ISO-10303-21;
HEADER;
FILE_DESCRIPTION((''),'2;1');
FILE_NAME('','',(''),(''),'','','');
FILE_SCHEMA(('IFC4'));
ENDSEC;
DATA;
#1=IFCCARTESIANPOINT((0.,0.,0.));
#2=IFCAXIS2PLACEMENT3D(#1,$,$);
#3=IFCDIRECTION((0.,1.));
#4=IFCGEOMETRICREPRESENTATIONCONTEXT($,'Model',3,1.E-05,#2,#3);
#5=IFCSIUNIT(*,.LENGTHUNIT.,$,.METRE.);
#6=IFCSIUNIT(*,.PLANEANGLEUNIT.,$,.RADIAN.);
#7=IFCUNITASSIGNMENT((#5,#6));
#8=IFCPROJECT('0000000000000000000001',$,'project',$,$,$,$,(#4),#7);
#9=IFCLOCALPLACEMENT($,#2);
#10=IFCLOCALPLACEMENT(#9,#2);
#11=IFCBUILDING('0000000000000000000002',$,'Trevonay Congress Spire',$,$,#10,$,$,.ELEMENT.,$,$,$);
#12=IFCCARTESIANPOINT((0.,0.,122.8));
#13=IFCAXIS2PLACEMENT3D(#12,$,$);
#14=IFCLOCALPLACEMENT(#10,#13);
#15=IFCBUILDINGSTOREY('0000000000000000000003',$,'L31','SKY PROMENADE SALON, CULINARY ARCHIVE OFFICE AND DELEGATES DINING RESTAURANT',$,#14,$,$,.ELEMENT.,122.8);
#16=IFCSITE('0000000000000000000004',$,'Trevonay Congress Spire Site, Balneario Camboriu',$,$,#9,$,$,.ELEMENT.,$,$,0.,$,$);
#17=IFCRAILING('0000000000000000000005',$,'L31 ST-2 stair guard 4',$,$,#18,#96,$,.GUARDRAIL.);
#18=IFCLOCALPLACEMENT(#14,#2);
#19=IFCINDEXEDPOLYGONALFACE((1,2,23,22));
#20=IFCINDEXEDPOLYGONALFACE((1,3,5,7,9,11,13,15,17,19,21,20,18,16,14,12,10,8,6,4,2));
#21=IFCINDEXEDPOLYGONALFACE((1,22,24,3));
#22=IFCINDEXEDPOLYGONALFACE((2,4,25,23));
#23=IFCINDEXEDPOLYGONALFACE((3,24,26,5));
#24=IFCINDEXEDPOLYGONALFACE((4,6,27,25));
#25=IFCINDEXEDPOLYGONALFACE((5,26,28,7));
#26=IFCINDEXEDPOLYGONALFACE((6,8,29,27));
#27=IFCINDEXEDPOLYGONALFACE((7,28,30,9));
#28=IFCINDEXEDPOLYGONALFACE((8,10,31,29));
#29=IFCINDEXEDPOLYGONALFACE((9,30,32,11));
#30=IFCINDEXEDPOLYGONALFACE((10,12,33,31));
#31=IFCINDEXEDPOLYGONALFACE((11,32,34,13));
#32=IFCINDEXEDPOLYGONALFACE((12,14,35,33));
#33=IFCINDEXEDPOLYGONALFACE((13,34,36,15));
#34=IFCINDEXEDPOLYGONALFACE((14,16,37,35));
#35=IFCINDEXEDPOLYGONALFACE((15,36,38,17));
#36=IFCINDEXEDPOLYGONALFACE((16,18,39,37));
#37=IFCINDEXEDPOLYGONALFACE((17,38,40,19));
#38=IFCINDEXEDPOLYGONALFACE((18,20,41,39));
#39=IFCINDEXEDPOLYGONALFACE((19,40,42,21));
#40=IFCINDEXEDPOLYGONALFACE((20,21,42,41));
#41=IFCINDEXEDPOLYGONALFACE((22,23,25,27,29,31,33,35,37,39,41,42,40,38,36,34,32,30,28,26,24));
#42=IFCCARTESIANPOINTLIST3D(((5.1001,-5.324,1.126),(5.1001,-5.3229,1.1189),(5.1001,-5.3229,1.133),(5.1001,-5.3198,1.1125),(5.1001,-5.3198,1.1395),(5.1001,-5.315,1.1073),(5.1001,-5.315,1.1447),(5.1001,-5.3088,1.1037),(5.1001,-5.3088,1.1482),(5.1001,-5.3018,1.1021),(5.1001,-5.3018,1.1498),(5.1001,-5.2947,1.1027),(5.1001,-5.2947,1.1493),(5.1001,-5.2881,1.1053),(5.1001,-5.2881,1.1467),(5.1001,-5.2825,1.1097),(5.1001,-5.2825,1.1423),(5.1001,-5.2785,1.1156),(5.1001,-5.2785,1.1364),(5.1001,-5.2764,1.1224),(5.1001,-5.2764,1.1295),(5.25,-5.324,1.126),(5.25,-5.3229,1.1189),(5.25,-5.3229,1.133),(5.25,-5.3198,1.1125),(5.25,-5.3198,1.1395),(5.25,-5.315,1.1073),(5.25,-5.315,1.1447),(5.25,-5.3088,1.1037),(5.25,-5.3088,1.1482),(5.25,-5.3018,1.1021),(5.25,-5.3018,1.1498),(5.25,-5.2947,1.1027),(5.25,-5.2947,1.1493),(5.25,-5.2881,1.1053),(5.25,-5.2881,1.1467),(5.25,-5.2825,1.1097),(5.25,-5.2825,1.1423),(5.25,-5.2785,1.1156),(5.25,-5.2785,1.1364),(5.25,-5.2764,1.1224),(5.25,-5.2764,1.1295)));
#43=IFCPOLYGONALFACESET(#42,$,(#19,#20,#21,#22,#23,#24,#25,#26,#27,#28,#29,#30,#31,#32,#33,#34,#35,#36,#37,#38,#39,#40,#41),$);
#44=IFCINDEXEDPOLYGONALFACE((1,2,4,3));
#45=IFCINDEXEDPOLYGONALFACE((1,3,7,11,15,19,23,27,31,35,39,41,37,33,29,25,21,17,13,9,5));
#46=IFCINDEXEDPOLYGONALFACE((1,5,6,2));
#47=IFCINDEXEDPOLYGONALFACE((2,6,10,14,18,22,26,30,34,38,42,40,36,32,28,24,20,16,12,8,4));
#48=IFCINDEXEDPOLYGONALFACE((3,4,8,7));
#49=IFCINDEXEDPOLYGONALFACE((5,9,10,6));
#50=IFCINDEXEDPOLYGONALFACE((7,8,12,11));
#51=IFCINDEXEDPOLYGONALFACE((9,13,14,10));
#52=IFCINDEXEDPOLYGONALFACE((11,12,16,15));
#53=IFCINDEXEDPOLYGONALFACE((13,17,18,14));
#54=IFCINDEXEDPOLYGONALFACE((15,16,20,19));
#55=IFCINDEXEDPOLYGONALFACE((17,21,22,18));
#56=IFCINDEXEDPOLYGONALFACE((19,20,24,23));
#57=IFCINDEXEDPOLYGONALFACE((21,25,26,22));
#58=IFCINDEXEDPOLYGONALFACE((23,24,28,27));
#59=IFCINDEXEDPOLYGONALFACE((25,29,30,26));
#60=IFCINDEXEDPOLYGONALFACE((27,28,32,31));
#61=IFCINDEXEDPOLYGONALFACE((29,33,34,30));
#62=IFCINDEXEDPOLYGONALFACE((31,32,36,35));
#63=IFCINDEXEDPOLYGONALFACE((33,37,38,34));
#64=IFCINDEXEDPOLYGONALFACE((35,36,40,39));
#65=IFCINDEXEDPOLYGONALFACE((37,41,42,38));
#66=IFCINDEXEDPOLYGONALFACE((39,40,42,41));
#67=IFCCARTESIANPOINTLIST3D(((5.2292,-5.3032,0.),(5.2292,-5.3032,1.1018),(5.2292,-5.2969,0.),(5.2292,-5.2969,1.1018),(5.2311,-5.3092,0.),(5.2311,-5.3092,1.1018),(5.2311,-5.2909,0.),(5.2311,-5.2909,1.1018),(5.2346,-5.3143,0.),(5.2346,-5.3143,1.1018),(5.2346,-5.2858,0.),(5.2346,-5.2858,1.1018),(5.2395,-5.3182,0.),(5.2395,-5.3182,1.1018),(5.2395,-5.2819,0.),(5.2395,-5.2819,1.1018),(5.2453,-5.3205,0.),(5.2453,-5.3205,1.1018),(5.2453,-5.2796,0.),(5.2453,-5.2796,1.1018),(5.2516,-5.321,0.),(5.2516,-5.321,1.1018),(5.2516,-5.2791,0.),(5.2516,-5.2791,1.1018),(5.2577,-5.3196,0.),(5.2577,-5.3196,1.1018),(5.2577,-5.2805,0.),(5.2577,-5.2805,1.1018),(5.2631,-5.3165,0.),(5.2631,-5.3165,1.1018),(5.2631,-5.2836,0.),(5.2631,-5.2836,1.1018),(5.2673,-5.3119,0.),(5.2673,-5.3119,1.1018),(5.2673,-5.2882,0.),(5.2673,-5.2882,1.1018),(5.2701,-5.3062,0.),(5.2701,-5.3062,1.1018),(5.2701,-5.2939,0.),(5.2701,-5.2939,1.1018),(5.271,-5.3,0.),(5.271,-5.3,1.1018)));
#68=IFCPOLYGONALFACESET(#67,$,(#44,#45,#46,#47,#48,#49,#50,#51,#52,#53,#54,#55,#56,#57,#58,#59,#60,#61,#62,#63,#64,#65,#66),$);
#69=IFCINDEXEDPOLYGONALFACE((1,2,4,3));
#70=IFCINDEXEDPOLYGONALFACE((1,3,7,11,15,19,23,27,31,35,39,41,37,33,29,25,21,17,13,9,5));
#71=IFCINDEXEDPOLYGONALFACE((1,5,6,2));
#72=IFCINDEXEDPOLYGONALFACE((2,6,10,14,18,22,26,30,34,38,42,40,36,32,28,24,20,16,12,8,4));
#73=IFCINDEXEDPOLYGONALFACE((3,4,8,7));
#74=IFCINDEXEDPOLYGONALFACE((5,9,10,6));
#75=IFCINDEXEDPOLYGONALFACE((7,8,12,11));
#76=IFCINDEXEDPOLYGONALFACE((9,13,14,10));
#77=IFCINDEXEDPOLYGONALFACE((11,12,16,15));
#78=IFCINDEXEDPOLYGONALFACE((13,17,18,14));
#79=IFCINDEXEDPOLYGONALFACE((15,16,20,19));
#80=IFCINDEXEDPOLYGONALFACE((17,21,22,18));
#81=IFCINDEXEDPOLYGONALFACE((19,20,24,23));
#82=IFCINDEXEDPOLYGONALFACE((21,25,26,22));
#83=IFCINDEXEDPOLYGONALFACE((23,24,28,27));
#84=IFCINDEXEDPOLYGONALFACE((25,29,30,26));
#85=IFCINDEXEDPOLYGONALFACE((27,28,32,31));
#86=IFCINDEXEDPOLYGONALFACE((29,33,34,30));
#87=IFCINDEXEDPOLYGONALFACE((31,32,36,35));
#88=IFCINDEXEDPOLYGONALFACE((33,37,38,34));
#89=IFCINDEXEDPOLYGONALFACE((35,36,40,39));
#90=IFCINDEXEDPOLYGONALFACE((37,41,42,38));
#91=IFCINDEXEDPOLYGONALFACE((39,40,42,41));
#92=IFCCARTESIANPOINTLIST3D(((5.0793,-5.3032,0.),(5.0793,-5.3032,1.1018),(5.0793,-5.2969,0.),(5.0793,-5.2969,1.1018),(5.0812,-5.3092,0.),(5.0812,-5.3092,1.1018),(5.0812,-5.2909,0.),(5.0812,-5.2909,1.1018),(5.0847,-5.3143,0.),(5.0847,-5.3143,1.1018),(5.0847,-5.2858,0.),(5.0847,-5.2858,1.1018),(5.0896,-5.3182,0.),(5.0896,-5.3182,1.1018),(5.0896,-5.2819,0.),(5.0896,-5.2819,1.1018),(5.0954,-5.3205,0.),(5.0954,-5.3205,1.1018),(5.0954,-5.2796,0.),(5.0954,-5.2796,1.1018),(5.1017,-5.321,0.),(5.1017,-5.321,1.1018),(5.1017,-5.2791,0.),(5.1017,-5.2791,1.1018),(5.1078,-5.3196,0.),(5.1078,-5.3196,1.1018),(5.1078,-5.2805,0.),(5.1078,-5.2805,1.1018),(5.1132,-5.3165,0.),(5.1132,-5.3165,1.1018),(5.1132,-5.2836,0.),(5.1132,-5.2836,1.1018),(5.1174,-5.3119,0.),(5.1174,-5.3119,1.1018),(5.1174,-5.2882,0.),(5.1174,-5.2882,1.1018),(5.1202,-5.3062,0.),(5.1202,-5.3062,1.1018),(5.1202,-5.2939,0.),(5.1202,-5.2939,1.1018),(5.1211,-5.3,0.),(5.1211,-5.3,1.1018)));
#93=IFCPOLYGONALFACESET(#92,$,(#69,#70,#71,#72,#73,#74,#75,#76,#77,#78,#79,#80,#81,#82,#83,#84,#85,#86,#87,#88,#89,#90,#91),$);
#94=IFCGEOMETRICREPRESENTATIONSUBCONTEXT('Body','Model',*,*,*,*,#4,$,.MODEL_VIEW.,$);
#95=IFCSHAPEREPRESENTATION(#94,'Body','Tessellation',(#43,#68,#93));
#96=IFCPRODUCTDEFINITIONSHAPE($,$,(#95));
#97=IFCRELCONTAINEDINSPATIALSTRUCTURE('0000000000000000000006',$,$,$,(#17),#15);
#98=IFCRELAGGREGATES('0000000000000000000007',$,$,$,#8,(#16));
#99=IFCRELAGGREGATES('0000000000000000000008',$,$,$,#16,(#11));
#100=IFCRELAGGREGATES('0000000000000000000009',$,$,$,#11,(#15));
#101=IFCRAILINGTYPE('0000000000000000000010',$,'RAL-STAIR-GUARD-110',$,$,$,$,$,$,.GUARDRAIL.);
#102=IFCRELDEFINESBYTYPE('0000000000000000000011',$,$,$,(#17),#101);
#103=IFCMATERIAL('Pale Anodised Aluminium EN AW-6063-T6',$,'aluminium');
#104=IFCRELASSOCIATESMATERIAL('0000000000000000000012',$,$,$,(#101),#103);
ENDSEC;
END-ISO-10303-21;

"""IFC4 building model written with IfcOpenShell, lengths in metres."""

from ifc_helpers import new_model, si_unit, direction, frame, origin, origin_2d, place, context, subcontext, project, spatial, circle, extrude, material, type_object, element, save


model = new_model("IFC4")

# Units and contexts
model_context = context("Model", 3, precision=1e-05, world=origin(), true_north=direction((0.0, 1.0)))
body_context = subcontext(model_context, "Body", "Model", "MODEL_VIEW")
ifc_project = project(units=[si_unit("LENGTHUNIT", "METRE"), si_unit("PLANEANGLEUNIT", "RADIAN")], contexts=[model_context])

# Site, building, storey
site_placement = place(None, origin())
site = spatial("IfcSite", under=ifc_project, at=site_placement, Name="Trevonay Congress Spire Site, Balneario Camboriu", CompositionType="ELEMENT", RefElevation=0.0)
building_placement = place(site_placement, origin())
building = spatial("IfcBuilding", under=site, at=building_placement, Name="Trevonay Congress Spire", CompositionType="ELEMENT")
storey_placement = place(building_placement, frame((0.0, 0.0, 122.8)))
storey = spatial("IfcBuildingStorey", under=building, at=storey_placement, Name="L31", Description="SKY PROMENADE SALON, CULINARY ARCHIVE OFFICE AND DELEGATES DINING RESTAURANT", CompositionType="ELEMENT", Elevation=122.8)

# Railing
ifc_material_1 = material(Name="Pale Anodised Aluminium EN AW-6063-T6", Category="aluminium")
railing_type_1 = type_object("IfcRailingType", Name="RAL-STAIR-GUARD-110", PredefinedType="GUARDRAIL", material=ifc_material_1)
railing_1_placement = place(storey_placement, frame((5.25, -5.3, 0.0)))
element("IfcRailing", 1, at=railing_1_placement, inside=storey, type_object=railing_type_1, Name="L31 ST-2 stair guard 4", PredefinedType="GUARDRAIL", context=body_context, shape_type="SweptSolid", body=[
    extrude(circle(Radius=0.0239, at=origin_2d()), frame((0.0, 0.0, 1.126), z_axis=(-1.0, 0.0, 0.0), x_axis=(0.0, -1.0, 0.0)), (0.0, 0.0, 1.0), 0.1499),
    extrude(circle(Radius=0.021, at=origin_2d()), origin(), (0.0, 0.0, 1.0), 1.1018),
    extrude(circle(Radius=0.021, at=origin_2d()), frame((-0.1499, 0.0, 0.0)), (0.0, 0.0, 1.0), 1.1018),
])

save(model, "model.ifc")
